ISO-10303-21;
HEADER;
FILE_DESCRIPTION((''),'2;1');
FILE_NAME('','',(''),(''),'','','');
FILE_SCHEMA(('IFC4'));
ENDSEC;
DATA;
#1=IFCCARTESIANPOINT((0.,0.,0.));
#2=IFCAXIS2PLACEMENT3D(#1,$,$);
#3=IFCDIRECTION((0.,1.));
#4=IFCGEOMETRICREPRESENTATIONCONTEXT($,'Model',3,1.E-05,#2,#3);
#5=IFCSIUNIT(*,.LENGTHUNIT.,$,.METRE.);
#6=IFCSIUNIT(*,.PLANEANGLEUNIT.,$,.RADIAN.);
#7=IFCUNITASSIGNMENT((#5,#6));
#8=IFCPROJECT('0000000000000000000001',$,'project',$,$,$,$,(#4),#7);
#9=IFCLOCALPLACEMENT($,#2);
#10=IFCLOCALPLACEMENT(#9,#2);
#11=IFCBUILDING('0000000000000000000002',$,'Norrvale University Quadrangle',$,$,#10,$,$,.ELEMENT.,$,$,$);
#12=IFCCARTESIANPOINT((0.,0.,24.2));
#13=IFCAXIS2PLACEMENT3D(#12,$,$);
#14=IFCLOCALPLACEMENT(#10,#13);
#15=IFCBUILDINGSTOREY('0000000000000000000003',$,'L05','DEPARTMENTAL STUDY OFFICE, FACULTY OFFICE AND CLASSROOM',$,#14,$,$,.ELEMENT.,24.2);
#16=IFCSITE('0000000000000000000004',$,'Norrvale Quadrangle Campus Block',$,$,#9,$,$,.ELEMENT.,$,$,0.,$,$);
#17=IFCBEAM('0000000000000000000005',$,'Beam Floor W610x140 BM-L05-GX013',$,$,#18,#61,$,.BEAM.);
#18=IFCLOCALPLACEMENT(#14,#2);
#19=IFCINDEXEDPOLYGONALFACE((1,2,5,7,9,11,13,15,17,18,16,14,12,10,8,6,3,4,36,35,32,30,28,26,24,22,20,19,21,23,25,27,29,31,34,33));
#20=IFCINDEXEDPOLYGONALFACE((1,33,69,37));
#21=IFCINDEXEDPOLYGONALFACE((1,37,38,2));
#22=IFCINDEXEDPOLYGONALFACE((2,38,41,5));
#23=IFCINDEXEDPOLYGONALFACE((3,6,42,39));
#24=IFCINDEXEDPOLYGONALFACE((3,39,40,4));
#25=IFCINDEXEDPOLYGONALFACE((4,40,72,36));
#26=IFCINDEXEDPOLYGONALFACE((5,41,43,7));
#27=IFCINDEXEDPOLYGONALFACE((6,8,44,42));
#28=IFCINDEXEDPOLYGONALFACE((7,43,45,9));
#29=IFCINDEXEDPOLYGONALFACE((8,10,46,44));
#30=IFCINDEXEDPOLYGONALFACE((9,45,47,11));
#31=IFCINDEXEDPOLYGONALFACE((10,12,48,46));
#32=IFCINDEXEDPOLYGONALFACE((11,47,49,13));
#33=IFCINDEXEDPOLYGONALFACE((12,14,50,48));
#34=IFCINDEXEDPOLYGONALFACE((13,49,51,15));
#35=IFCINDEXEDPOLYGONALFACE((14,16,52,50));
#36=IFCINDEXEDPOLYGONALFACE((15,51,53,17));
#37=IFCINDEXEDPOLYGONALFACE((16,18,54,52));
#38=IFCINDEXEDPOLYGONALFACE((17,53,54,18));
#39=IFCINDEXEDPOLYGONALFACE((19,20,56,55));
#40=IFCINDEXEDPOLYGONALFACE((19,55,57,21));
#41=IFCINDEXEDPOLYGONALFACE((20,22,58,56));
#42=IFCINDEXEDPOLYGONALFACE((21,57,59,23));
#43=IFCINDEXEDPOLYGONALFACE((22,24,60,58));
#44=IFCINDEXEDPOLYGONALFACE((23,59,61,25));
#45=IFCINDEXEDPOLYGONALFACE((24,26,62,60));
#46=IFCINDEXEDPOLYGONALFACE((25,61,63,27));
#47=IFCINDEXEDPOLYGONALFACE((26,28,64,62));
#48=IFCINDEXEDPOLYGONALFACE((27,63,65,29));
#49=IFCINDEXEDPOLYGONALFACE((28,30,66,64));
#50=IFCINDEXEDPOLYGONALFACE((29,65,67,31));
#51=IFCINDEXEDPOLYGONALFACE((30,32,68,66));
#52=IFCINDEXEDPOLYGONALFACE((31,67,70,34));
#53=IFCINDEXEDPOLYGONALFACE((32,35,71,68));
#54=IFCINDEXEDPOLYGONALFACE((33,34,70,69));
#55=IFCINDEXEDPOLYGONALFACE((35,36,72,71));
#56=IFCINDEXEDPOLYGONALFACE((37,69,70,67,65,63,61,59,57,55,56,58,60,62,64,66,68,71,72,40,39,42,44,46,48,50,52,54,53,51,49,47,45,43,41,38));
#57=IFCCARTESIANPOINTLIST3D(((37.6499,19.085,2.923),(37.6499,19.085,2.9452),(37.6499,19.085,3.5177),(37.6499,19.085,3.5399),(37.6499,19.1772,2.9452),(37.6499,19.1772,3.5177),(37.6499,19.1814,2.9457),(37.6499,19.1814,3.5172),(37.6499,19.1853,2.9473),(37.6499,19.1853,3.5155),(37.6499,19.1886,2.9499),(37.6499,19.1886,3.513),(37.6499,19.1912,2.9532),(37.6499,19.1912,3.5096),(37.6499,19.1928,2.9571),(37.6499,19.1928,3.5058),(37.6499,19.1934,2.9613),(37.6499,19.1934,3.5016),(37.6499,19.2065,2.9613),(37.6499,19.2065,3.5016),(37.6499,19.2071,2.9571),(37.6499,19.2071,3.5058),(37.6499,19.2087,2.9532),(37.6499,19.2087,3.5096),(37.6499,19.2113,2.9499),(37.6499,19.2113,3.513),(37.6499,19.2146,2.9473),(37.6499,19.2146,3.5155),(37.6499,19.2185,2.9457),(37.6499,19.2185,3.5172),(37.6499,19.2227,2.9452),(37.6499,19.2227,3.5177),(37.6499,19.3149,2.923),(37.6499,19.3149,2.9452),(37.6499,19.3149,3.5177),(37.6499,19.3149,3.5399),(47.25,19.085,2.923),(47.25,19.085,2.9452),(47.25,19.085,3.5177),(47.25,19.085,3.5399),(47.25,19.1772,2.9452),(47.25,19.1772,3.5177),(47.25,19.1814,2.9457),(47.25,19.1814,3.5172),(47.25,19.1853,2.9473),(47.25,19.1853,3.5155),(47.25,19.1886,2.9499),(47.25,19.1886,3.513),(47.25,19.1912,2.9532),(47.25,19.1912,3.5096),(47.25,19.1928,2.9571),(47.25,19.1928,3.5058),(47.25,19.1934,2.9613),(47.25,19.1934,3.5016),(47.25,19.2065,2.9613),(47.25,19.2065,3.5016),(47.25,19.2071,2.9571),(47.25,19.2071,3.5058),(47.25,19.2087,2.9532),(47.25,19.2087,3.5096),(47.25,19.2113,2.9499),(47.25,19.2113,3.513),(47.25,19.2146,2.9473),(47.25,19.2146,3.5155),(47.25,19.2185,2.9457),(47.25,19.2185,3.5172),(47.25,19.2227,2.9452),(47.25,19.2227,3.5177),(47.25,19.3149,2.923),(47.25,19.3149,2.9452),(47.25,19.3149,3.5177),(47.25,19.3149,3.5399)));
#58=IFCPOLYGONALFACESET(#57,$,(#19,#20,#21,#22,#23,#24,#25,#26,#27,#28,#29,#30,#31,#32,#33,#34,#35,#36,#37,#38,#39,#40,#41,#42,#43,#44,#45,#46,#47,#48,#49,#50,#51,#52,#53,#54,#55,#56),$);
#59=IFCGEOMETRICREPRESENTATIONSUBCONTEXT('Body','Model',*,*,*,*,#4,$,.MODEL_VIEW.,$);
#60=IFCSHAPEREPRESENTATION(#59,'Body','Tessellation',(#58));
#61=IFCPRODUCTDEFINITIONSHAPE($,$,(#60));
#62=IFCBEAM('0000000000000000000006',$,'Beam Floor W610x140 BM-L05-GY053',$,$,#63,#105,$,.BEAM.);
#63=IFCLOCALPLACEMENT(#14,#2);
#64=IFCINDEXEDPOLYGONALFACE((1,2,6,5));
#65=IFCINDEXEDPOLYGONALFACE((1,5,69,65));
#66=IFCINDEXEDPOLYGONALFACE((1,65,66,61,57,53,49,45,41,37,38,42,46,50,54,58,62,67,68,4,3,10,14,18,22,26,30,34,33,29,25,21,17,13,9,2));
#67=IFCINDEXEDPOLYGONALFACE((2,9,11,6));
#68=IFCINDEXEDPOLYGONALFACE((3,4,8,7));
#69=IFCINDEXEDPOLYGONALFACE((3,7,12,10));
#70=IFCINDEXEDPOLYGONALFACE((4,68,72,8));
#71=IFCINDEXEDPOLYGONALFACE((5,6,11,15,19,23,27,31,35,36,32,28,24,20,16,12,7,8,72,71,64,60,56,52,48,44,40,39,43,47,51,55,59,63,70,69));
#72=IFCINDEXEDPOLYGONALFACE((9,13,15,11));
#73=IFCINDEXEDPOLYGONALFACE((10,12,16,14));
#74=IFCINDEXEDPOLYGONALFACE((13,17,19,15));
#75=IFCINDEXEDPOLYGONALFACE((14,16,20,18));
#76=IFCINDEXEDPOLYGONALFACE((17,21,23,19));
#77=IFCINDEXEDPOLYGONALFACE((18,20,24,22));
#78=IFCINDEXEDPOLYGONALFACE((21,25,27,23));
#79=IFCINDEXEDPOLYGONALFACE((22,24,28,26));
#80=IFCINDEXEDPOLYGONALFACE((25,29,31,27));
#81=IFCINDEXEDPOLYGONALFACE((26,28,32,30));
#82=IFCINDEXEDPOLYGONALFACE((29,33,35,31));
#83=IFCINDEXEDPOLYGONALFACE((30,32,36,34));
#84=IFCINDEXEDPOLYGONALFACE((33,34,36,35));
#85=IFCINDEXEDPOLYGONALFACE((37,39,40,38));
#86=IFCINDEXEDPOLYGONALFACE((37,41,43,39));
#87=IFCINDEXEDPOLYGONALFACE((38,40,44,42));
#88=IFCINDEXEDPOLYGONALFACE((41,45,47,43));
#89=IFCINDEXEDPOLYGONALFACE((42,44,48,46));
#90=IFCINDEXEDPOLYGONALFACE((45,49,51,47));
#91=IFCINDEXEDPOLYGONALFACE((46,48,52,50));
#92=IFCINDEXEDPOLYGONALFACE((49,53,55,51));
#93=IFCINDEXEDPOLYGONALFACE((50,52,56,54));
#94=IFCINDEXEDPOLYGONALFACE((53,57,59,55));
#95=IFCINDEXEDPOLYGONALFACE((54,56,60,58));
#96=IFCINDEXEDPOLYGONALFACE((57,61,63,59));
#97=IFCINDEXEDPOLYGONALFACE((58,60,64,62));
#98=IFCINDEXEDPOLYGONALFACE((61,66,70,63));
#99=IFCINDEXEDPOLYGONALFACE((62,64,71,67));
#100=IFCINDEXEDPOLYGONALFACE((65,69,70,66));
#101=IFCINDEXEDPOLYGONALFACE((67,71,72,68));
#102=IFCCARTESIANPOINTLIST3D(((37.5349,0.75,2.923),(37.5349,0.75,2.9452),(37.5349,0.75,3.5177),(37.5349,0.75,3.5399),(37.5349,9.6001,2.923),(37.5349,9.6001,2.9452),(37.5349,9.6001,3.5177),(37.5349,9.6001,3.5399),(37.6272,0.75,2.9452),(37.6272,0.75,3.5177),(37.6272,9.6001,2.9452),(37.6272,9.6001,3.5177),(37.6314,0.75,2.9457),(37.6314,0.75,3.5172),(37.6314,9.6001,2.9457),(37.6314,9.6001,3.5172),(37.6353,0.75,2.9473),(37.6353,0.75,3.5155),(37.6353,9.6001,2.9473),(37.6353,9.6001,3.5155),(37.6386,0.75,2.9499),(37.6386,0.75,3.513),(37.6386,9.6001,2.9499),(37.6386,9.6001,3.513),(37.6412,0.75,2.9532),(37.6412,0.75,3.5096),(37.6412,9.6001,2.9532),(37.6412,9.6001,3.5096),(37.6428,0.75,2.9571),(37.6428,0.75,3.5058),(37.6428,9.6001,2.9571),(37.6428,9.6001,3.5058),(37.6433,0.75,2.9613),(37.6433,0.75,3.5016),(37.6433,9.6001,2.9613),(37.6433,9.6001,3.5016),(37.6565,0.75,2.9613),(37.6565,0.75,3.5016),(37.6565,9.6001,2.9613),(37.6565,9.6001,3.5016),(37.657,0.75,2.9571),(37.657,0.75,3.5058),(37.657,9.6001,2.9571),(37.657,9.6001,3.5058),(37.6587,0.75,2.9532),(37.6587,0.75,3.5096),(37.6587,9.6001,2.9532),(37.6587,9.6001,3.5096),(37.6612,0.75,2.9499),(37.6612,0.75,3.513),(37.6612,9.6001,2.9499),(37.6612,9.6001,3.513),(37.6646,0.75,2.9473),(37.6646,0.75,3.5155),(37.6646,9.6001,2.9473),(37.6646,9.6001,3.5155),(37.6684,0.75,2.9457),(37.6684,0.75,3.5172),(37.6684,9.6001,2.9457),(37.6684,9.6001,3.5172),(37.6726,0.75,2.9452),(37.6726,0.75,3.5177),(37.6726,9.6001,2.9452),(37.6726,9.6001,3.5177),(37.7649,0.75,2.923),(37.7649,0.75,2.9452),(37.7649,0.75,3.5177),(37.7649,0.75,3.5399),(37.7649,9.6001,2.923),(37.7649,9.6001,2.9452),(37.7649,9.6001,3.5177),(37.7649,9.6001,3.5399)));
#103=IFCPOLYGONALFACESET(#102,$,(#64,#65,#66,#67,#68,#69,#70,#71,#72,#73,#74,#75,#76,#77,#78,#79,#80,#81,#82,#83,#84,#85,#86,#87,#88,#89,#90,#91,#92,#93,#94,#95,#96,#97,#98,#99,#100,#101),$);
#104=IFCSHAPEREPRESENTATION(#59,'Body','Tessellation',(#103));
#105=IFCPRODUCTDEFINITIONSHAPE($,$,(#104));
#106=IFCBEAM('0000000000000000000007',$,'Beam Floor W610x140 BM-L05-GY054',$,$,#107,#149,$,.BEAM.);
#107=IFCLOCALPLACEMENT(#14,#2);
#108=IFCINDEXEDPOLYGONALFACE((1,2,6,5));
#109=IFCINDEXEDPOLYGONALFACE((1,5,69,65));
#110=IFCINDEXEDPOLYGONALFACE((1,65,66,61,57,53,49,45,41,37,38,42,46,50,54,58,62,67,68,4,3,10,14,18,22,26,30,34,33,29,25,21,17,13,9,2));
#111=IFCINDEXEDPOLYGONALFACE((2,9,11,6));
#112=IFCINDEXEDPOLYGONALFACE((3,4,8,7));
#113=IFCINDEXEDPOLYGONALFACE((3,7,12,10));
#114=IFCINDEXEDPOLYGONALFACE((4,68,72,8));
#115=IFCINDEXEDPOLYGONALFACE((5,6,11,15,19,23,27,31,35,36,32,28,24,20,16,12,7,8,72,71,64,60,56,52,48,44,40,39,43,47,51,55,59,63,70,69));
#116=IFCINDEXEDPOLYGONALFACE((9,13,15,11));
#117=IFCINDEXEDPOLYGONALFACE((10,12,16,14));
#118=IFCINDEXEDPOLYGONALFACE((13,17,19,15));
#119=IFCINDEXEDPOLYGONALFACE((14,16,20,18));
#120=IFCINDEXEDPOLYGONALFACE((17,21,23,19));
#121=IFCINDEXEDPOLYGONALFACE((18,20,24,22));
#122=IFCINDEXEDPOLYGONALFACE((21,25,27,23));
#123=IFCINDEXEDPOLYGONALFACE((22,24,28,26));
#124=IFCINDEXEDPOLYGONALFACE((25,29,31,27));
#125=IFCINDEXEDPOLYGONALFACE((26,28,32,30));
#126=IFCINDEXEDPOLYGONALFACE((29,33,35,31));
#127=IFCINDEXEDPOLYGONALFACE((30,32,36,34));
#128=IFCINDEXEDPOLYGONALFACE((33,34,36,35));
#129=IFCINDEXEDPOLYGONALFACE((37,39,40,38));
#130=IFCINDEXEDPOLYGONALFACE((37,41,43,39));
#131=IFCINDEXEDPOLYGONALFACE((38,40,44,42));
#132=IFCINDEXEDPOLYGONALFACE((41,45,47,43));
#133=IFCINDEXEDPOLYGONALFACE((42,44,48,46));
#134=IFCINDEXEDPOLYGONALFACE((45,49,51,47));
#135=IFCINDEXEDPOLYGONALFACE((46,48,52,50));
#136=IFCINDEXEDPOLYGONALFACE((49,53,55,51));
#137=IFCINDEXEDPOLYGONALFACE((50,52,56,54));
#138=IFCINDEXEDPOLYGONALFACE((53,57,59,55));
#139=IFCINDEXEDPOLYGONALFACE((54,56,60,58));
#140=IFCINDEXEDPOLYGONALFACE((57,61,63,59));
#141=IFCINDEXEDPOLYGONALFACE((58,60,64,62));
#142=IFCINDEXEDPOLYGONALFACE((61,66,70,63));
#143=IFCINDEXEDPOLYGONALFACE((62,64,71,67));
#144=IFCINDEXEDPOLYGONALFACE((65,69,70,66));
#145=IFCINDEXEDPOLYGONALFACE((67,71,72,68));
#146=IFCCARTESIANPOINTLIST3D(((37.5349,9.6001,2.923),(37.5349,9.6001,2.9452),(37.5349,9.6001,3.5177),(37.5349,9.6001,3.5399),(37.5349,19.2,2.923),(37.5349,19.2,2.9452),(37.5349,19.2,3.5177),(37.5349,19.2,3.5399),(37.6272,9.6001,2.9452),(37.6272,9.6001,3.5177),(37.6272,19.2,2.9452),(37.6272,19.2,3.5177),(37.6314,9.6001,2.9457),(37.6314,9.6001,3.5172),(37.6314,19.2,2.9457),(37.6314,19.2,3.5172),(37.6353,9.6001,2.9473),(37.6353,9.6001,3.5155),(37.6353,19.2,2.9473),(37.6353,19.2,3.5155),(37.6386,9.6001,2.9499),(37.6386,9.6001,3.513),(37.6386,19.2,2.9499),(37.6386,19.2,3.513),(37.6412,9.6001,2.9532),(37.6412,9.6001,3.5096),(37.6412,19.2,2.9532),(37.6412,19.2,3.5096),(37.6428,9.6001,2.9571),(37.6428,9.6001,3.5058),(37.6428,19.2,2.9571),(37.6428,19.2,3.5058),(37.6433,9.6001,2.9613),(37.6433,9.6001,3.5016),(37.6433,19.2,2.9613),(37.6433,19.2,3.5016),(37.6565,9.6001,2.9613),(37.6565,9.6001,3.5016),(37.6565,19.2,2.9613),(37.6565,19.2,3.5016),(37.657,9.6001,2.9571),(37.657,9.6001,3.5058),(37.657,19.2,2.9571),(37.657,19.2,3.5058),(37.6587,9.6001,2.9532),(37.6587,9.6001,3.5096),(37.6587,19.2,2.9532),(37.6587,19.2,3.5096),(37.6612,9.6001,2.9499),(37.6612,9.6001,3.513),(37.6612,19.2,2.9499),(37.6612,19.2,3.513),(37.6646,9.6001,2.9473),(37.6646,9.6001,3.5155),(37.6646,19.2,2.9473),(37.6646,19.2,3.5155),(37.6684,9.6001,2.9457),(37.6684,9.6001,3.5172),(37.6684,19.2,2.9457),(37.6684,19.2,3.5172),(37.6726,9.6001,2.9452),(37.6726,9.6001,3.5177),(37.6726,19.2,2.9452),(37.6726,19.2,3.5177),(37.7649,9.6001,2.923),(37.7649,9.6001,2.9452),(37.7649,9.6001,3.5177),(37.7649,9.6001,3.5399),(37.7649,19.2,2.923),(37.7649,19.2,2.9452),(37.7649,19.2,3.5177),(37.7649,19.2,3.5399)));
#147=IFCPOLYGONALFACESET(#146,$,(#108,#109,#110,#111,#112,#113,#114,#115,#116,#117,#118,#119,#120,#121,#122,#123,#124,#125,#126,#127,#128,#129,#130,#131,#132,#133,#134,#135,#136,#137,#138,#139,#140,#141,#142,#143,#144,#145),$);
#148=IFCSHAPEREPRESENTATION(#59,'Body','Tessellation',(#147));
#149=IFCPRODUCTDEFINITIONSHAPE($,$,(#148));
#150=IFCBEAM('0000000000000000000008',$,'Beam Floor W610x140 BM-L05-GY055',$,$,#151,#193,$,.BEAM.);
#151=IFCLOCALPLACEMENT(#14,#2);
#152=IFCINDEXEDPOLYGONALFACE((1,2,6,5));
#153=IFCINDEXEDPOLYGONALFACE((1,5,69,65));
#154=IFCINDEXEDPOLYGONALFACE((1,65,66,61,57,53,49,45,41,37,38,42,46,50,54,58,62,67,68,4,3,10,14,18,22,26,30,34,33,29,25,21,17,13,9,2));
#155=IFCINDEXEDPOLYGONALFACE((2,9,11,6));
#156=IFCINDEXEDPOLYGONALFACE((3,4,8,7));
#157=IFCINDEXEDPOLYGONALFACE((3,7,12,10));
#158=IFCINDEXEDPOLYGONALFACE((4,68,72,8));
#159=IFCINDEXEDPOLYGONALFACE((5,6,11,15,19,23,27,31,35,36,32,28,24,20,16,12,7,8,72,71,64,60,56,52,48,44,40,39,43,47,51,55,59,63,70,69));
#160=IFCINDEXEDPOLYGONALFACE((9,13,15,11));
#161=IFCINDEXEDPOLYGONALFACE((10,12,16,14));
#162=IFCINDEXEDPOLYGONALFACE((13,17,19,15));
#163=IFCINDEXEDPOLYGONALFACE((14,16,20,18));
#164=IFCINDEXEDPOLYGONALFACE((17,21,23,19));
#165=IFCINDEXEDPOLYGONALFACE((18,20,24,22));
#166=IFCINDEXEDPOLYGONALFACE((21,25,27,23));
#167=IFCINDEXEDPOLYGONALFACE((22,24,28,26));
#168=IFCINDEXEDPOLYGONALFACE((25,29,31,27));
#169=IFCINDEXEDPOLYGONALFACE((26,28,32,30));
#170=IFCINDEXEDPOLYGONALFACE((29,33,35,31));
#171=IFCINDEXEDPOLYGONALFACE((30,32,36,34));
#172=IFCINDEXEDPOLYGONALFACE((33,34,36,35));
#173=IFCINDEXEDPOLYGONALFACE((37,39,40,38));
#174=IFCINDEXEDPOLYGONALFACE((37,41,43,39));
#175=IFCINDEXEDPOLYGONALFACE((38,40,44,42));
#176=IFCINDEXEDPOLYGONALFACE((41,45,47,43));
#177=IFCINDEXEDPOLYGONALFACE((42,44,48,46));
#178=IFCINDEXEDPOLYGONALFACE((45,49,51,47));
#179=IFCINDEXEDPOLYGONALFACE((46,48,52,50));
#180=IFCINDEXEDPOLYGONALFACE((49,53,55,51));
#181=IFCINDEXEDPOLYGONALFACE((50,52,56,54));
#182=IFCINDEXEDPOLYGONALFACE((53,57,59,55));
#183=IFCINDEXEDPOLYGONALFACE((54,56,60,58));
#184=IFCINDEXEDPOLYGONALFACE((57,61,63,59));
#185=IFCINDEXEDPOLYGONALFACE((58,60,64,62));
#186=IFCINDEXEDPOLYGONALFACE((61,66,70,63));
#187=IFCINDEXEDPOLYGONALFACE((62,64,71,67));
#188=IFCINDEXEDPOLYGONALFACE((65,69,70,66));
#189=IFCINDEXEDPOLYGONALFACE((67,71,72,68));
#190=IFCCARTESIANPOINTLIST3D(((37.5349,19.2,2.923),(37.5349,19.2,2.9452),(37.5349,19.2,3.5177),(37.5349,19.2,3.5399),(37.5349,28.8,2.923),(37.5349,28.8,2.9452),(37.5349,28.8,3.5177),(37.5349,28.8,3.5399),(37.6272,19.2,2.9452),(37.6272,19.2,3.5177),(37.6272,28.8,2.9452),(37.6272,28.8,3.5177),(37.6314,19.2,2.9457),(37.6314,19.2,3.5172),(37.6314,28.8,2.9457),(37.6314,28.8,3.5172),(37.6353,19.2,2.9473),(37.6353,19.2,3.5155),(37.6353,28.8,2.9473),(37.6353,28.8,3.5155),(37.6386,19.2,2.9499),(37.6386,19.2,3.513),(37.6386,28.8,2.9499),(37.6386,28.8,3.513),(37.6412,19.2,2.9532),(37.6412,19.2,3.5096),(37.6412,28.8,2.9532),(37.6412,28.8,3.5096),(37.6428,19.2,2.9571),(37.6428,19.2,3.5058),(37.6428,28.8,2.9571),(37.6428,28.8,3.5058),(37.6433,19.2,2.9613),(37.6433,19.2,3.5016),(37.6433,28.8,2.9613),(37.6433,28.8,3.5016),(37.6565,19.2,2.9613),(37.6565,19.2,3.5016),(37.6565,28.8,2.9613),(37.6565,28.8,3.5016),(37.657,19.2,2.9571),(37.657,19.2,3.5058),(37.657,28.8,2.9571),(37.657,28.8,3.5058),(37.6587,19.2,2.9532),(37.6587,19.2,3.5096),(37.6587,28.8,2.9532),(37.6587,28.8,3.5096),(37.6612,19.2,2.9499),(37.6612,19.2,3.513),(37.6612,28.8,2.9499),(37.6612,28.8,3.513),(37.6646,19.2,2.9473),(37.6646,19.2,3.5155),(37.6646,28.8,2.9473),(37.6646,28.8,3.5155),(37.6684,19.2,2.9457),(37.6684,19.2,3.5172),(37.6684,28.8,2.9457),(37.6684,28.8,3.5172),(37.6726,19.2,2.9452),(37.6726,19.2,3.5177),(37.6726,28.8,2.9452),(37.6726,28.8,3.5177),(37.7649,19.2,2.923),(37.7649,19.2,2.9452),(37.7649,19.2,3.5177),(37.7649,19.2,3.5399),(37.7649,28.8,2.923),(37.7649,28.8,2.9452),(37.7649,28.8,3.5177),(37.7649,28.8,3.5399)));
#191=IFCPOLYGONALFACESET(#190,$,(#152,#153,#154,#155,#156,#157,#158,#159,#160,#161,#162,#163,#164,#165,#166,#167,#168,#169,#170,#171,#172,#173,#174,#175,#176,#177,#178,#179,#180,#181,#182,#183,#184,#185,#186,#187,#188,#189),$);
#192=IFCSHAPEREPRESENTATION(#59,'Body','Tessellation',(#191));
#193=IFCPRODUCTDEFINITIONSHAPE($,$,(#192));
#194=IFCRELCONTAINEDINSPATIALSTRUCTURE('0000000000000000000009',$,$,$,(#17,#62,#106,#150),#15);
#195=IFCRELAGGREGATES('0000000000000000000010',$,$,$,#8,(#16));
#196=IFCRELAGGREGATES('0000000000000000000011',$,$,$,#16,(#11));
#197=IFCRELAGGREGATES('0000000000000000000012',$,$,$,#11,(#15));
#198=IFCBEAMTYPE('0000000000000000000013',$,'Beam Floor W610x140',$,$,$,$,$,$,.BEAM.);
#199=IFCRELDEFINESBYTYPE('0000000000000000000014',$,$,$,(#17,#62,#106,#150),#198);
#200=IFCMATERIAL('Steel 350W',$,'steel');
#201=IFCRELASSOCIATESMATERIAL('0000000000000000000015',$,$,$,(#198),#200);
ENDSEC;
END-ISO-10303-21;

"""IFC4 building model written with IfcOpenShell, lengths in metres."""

from ifc_helpers import new_model, si_unit, direction, frame, origin, origin_2d, place, context, subcontext, project, spatial, i_section, extrude, material, material_profile, profile_set, type_object, element, save


model = new_model("IFC4")

# Units and contexts
model_context = context("Model", 3, precision=1e-05, world=origin(), true_north=direction((0.0, 1.0)))
body_context = subcontext(model_context, "Body", "Model", "MODEL_VIEW")
ifc_project = project(units=[si_unit("LENGTHUNIT", "METRE"), si_unit("PLANEANGLEUNIT", "RADIAN")], contexts=[model_context])

# Site, building, storey
site_placement = place(None, origin())
site = spatial("IfcSite", under=ifc_project, at=site_placement, Name="Norrvale Quadrangle Campus Block", CompositionType="ELEMENT", RefElevation=0.0)
building_placement = place(site_placement, origin())
building = spatial("IfcBuilding", under=site, at=building_placement, Name="Norrvale University Quadrangle", CompositionType="ELEMENT")
storey_placement = place(building_placement, frame((0.0, 0.0, 24.2)))
storey = spatial("IfcBuildingStorey", under=building, at=storey_placement, Name="L05", Description="DEPARTMENTAL STUDY OFFICE, FACULTY OFFICE AND CLASSROOM", CompositionType="ELEMENT", Elevation=24.2)

# Beams
ifc_material_1 = material(Name="Steel 350W", Category="steel")
ifc_material_profile_1 = material_profile(ifc_material_1, i_section(OverallWidth=0.23, OverallDepth=0.6169, WebThickness=0.0132, FlangeThickness=0.0222, FilletRadius=0.0161, at=origin_2d()), Name="Steel 350W")
ifc_profile_set_1 = profile_set([ifc_material_profile_1], Name="Steel 350W")
beam_type_1 = type_object("IfcBeamType", Name="Beam Floor W610x140", PredefinedType="BEAM", material=ifc_profile_set_1)
for number, where, z_axis, x_axis, name in (
    (1, (37.6499, 19.2, 3.2314), (1.0, 0.0, 0.0), (0.0, 1.0, 0.0), "Beam Floor W610x140 BM-L05-GX013"),
):
    element("IfcBeam", number, at=place(storey_placement, frame(where, z_axis=z_axis, x_axis=x_axis)), inside=storey, type_object=beam_type_1, Name=name, PredefinedType="BEAM", context=body_context, shape_type="SweptSolid", body=[
        extrude(i_section(OverallWidth=0.23, OverallDepth=0.6169, WebThickness=0.0132, FlangeThickness=0.0222, FilletRadius=0.0161, at=origin_2d()), origin(), (0.0, 0.0, 1.0), 9.6001),
    ])
beam_1_placement = place(storey_placement, frame((37.6499, 0.75, 3.2314), z_axis=(0.0, 1.0, 0.0), x_axis=(-1.0, 0.0, 0.0)))
element("IfcBeam", 2, at=beam_1_placement, inside=storey, type_object=beam_type_1, Name="Beam Floor W610x140 BM-L05-GY053", PredefinedType="BEAM", context=body_context, shape_type="SweptSolid", body=[
    extrude(i_section(OverallWidth=0.23, OverallDepth=0.6169, WebThickness=0.0132, FlangeThickness=0.0222, FilletRadius=0.0161, at=origin_2d()), origin(), (0.0, 0.0, 1.0), 8.8501),
])
beam_2_placement = place(storey_placement, frame((37.6499, 9.6001, 3.2314), z_axis=(0.0, 1.0, 0.0), x_axis=(-1.0, 0.0, 0.0)))
element("IfcBeam", 3, at=beam_2_placement, inside=storey, type_object=beam_type_1, Name="Beam Floor W610x140 BM-L05-GY054", PredefinedType="BEAM", context=body_context, shape_type="SweptSolid", body=[
    extrude(i_section(OverallWidth=0.23, OverallDepth=0.6169, WebThickness=0.0132, FlangeThickness=0.0222, FilletRadius=0.0161, at=origin_2d()), origin(), (0.0, 0.0, 1.0), 9.5999),
])
beam_3_placement = place(storey_placement, frame((37.6499, 19.2, 3.2314), z_axis=(0.0, 1.0, 0.0), x_axis=(-1.0, 0.0, 0.0)))
element("IfcBeam", 4, at=beam_3_placement, inside=storey, type_object=beam_type_1, Name="Beam Floor W610x140 BM-L05-GY055", PredefinedType="BEAM", context=body_context, shape_type="SweptSolid", body=[
    extrude(i_section(OverallWidth=0.23, OverallDepth=0.6169, WebThickness=0.0132, FlangeThickness=0.0222, FilletRadius=0.0161, at=origin_2d()), origin(), (0.0, 0.0, 1.0), 9.6001),
])

save(model, "model.ifc")
